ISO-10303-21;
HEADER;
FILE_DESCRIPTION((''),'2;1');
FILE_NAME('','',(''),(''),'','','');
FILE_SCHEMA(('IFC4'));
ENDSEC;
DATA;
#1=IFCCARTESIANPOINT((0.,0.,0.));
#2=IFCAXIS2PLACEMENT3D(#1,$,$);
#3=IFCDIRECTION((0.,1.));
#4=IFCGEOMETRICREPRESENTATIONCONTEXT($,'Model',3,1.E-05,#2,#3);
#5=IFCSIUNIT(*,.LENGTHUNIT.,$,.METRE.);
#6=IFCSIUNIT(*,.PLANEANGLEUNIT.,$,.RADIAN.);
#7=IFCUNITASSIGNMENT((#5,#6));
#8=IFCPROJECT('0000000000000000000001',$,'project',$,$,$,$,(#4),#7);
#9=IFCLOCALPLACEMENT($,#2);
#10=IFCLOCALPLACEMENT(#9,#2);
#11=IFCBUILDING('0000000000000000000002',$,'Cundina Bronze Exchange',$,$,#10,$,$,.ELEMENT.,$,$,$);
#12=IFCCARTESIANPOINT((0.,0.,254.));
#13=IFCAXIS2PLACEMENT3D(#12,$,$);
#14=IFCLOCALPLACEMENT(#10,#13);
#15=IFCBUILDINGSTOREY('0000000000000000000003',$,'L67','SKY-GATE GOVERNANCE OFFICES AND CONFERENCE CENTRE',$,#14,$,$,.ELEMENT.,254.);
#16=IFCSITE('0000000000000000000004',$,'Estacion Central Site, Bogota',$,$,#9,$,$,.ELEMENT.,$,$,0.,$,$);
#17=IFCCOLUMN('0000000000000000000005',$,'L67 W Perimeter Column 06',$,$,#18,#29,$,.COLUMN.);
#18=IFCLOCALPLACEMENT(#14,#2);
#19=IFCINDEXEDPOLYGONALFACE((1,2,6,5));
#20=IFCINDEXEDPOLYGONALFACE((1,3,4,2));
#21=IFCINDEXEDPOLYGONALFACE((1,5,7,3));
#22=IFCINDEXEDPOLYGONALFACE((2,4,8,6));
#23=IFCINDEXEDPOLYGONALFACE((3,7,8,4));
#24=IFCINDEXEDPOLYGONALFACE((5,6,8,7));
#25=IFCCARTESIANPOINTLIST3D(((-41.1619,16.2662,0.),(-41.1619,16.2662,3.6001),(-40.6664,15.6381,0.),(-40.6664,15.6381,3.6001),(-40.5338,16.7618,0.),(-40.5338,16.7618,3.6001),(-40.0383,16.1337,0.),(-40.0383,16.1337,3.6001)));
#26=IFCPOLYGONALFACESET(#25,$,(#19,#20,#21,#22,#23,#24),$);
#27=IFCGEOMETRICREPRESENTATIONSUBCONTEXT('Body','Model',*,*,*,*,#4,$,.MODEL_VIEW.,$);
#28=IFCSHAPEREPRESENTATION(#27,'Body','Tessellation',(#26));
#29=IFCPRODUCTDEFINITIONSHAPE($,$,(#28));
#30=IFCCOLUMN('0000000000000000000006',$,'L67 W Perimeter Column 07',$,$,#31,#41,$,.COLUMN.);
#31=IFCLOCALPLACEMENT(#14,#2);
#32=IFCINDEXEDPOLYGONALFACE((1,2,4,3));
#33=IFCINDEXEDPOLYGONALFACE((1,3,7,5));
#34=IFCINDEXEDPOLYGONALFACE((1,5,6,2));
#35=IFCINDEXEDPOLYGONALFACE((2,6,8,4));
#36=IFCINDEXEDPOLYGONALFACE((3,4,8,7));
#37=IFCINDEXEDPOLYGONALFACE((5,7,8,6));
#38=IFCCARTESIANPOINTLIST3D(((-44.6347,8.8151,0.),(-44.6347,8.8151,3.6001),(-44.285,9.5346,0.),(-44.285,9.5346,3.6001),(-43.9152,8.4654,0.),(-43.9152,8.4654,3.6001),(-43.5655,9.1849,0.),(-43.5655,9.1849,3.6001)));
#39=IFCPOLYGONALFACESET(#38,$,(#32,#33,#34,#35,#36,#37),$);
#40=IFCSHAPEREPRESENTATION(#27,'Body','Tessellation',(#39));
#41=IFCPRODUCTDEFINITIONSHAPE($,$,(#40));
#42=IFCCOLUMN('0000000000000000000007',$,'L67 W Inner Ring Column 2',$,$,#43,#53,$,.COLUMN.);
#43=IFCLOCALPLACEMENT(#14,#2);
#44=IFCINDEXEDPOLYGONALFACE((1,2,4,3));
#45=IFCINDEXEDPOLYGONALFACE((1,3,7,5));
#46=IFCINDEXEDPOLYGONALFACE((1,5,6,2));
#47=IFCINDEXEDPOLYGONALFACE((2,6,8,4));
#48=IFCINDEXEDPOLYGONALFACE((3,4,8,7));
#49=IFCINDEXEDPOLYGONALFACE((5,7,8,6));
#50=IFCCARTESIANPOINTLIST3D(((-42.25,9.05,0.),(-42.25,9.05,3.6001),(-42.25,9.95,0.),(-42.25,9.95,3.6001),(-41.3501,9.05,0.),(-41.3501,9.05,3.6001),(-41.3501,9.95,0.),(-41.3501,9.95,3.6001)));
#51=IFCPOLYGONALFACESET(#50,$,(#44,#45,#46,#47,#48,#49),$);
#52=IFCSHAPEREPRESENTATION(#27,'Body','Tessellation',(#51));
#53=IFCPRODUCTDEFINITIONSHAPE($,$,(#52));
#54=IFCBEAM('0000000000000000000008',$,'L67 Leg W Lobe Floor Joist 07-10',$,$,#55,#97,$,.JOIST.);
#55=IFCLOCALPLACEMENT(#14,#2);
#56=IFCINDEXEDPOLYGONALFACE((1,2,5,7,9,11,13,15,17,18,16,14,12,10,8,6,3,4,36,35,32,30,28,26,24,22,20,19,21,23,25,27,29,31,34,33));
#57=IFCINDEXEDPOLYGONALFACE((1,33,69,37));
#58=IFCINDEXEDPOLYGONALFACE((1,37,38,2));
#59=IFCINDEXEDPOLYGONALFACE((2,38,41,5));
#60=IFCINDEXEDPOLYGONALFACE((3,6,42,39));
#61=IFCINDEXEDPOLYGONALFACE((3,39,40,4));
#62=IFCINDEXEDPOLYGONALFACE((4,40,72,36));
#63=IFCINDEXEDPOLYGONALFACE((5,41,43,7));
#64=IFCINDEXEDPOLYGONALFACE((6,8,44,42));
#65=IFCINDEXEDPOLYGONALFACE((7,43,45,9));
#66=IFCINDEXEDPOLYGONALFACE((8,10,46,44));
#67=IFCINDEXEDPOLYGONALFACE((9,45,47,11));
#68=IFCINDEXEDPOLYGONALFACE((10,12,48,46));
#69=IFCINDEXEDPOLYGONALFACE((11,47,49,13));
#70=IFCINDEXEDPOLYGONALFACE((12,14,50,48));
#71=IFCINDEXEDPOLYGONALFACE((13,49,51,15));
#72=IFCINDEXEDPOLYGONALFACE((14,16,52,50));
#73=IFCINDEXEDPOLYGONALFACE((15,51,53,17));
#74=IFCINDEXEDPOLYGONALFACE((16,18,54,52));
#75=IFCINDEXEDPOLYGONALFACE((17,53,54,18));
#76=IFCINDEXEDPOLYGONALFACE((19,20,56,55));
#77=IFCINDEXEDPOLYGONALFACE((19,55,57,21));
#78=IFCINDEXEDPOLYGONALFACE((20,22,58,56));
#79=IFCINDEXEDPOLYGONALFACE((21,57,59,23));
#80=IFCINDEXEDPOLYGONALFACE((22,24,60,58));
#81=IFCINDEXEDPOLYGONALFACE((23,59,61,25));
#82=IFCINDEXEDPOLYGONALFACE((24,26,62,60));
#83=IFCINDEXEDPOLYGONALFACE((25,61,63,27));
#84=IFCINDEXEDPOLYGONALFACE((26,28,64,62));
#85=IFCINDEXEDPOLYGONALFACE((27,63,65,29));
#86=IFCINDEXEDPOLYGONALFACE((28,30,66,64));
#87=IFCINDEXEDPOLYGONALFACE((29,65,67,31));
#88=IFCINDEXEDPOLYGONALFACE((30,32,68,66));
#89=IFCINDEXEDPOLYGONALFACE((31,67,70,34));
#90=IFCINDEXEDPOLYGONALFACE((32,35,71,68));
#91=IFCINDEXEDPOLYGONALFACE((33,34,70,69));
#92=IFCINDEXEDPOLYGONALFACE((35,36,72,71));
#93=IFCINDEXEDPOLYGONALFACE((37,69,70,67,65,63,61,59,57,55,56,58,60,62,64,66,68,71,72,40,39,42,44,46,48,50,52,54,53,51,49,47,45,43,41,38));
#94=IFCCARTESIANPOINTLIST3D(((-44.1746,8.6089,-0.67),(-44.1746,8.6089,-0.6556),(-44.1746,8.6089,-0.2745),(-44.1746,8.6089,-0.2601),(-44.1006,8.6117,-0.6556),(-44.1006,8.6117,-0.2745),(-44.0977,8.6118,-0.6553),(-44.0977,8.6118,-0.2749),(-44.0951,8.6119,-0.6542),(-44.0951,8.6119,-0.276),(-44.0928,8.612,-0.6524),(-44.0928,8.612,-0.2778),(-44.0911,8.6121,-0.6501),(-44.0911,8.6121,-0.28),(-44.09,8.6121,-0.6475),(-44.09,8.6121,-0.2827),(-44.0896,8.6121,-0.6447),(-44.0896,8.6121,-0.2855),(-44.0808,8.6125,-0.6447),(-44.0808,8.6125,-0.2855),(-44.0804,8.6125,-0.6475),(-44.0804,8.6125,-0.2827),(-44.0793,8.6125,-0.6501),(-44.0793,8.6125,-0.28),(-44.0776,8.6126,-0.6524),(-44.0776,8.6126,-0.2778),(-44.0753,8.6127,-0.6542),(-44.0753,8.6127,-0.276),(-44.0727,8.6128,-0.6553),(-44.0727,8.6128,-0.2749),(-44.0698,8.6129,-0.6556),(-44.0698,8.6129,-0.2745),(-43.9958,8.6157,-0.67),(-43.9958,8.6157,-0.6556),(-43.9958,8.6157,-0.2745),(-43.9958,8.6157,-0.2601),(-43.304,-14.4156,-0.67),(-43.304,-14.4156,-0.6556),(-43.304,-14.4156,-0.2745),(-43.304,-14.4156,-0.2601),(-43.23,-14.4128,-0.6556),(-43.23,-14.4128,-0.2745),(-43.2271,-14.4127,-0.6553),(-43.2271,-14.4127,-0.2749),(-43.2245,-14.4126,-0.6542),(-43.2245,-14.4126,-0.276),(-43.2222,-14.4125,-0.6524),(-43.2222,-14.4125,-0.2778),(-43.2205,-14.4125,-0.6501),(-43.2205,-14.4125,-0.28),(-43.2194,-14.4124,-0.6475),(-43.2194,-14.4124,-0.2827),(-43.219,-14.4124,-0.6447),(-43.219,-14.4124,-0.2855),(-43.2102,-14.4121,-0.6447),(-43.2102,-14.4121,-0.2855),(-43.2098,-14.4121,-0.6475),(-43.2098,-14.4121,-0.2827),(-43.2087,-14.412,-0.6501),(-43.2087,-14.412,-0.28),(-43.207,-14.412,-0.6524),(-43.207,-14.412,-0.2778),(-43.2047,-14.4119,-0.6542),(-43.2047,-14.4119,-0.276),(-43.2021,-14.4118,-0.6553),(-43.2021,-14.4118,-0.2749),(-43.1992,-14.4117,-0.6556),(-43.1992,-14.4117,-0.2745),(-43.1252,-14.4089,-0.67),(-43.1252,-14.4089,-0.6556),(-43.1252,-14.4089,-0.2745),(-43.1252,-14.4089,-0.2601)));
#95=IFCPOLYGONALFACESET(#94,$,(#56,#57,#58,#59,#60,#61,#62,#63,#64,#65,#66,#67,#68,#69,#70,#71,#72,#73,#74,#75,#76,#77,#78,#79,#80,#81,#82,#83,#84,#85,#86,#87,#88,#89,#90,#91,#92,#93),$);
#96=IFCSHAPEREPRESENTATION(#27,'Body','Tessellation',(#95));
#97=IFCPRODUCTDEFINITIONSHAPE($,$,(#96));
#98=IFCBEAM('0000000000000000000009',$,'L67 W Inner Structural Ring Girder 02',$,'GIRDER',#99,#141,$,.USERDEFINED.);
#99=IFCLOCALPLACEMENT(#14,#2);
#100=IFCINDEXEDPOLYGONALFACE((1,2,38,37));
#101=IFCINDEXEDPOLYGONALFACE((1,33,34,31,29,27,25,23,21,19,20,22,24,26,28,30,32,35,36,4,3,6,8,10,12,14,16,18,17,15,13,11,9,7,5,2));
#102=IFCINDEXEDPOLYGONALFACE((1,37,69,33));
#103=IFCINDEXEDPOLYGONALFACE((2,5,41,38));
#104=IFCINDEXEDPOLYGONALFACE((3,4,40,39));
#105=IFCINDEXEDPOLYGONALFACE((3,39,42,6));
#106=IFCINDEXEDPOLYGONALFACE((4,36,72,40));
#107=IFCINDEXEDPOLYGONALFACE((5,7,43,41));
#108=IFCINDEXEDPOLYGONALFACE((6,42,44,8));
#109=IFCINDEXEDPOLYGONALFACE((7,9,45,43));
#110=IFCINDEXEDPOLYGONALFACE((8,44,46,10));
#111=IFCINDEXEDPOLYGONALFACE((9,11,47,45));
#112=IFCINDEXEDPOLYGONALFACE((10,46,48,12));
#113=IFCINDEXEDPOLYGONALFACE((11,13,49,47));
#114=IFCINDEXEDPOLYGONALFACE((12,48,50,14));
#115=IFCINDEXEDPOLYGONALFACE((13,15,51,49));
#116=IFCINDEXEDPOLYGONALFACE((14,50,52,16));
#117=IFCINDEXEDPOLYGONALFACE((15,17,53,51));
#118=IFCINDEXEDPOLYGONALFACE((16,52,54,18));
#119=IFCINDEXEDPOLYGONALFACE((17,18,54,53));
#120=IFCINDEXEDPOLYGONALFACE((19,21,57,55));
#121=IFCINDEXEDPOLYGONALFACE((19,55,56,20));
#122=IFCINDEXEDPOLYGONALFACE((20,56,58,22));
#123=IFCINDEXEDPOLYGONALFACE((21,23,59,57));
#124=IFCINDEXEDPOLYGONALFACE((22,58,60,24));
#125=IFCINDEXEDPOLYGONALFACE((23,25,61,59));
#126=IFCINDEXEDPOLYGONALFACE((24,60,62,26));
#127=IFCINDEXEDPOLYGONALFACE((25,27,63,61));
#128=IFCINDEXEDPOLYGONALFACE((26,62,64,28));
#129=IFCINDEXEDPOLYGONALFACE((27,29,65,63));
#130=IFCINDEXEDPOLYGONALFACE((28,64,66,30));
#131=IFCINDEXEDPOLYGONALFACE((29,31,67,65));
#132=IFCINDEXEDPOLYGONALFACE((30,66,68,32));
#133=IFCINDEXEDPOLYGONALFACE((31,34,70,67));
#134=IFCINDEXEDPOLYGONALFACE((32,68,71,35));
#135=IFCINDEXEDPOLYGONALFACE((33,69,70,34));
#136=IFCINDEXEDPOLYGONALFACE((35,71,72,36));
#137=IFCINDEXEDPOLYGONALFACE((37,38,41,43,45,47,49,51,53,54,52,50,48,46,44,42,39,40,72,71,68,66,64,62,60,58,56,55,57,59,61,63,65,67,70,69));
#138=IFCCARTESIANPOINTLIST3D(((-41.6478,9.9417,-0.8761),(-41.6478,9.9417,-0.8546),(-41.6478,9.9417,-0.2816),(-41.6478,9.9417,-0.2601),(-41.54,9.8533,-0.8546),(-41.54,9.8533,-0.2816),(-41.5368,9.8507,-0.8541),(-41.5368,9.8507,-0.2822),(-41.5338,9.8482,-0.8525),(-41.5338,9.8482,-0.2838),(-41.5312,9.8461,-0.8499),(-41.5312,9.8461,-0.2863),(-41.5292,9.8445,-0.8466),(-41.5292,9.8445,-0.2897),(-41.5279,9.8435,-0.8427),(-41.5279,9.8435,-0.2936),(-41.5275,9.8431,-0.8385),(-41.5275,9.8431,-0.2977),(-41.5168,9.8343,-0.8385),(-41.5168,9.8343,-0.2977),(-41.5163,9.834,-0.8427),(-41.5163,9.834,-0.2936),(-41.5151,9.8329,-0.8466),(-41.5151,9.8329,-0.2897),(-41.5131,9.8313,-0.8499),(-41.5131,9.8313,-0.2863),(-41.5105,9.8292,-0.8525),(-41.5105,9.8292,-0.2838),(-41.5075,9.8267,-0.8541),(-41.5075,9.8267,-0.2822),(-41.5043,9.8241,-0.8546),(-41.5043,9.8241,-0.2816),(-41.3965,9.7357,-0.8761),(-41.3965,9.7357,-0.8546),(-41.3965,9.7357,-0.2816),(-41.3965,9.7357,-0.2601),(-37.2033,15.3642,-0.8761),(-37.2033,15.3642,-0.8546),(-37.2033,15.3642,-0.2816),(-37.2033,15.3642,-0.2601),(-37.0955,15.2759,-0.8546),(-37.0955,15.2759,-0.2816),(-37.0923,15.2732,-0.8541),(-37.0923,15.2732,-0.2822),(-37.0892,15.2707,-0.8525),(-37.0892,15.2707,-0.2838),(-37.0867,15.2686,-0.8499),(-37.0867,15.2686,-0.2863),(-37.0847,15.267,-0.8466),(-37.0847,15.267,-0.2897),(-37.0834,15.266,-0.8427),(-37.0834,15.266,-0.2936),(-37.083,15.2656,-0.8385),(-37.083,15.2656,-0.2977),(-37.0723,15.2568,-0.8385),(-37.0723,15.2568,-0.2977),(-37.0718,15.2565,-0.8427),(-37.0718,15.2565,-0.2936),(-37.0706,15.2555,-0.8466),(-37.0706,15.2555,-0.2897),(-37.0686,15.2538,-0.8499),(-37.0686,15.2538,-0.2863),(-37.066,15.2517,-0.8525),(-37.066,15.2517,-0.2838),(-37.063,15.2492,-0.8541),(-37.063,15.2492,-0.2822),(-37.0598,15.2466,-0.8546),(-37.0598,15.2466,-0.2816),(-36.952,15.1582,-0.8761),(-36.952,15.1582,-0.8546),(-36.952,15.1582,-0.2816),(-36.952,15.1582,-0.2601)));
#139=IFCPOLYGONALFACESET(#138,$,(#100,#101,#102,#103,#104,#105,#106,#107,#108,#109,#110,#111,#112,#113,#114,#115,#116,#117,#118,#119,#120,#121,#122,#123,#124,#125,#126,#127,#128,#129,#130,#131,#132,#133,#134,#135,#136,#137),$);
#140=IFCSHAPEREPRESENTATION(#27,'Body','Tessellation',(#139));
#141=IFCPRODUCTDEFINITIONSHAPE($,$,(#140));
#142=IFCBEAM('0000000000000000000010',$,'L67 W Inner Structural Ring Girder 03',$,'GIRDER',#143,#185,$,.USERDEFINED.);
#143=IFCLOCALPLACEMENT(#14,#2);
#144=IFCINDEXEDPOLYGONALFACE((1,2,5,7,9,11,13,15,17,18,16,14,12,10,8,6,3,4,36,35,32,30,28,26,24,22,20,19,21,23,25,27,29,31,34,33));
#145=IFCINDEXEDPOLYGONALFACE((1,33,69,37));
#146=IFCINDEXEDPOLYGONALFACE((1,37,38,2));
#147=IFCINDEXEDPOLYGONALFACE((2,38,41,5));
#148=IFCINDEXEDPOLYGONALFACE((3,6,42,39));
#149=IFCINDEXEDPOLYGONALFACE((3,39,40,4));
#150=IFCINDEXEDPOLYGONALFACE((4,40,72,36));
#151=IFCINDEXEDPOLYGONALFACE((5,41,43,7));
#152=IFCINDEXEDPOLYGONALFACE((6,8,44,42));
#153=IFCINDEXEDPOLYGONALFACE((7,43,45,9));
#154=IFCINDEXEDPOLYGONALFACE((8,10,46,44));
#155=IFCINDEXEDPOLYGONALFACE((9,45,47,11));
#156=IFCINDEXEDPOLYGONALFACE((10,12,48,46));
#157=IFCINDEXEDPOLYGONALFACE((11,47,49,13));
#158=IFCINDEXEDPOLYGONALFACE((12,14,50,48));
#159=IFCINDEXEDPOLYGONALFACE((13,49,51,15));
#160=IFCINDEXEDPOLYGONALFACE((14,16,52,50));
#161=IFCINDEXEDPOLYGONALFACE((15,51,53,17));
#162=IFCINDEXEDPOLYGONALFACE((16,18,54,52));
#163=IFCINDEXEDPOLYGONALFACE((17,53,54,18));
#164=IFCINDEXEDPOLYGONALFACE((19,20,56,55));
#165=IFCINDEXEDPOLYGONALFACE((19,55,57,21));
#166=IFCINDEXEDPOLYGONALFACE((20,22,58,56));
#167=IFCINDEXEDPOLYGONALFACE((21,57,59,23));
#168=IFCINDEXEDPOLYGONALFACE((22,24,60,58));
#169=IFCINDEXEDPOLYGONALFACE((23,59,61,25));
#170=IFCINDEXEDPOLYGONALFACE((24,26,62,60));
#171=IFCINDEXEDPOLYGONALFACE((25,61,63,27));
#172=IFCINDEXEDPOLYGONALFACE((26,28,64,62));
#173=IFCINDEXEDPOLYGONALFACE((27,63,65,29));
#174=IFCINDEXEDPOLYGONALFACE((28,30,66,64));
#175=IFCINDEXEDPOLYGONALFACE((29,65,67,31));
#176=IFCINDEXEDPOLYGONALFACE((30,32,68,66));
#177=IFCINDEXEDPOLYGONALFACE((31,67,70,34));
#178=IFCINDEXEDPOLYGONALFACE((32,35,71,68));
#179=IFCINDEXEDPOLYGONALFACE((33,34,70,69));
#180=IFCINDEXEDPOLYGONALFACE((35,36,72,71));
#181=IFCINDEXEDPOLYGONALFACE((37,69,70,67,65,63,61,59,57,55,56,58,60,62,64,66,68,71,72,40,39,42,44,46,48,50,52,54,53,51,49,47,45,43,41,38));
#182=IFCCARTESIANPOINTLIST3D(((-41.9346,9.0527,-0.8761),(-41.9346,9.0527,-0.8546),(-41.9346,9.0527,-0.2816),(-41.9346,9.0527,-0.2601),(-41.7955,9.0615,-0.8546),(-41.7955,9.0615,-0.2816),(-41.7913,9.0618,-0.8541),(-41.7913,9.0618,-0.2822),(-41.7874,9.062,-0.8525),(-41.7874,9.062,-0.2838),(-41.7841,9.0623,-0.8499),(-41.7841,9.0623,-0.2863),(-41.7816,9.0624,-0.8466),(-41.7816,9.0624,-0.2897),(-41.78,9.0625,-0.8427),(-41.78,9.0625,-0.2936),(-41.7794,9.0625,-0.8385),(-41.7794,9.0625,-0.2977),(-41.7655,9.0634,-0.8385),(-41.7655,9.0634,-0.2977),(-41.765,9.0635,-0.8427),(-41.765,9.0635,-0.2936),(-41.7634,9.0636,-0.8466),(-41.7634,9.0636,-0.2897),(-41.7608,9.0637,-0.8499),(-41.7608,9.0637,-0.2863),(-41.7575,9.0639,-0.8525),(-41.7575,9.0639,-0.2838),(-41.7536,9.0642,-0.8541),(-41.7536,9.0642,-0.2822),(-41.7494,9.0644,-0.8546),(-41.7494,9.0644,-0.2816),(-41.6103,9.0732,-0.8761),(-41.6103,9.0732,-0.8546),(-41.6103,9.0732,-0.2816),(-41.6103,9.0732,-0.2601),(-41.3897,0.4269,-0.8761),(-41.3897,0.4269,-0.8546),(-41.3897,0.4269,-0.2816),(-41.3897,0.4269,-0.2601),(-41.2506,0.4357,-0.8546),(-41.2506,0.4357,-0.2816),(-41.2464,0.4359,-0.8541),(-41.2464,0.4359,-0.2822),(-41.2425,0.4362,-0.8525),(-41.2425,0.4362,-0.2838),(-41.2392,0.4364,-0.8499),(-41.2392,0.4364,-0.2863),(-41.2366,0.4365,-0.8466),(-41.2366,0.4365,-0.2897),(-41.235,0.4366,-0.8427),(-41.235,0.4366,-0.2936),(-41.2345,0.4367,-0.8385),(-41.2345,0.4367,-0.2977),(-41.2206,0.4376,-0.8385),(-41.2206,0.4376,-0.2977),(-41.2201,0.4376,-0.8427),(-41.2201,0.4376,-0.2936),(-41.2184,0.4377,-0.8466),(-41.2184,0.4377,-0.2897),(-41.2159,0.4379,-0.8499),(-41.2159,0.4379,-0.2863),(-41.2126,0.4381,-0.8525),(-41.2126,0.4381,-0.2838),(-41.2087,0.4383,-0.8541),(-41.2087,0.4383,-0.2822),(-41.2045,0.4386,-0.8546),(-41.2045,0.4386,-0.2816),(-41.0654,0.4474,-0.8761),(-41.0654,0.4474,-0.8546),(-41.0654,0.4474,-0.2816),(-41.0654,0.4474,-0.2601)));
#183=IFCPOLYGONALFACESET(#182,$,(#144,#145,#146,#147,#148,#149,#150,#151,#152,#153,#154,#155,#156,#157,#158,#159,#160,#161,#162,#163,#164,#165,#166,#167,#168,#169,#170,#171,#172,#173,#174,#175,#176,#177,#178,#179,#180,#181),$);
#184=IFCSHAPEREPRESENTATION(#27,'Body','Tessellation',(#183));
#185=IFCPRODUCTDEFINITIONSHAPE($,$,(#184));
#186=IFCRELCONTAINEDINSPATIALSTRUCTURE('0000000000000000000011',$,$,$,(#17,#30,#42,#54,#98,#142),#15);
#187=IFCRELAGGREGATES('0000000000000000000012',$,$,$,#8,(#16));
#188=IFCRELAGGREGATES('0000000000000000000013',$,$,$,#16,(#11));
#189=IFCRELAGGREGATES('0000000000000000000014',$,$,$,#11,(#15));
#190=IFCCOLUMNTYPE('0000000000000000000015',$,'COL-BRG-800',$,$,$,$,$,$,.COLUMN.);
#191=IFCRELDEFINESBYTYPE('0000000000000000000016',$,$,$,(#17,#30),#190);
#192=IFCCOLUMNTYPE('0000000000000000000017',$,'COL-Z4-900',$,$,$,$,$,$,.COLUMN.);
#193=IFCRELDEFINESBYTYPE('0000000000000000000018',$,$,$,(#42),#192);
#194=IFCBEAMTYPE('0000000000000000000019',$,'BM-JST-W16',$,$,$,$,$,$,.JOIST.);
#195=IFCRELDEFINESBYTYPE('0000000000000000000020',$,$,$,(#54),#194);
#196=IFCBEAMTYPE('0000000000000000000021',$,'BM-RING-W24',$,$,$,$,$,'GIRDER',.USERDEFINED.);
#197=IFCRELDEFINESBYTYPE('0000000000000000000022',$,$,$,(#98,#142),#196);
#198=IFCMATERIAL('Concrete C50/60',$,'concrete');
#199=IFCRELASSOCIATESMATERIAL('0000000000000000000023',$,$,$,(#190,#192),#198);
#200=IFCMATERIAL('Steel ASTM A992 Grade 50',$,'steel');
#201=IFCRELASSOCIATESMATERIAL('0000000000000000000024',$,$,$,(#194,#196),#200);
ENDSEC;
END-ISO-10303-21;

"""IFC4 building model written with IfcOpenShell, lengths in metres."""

from ifc_helpers import new_model, si_unit, direction, frame, origin, origin_2d, place, context, subcontext, project, spatial, rectangle, i_section, extrude, material, material_profile, profile_set, type_object, element, save


model = new_model("IFC4")

# Units and contexts
model_context = context("Model", 3, precision=1e-05, world=origin(), true_north=direction((0.0, 1.0)))
body_context = subcontext(model_context, "Body", "Model", "MODEL_VIEW")
ifc_project = project(units=[si_unit("LENGTHUNIT", "METRE"), si_unit("PLANEANGLEUNIT", "RADIAN")], contexts=[model_context])

# Site, building, storey
site_placement = place(None, origin())
site = spatial("IfcSite", under=ifc_project, at=site_placement, Name="Estacion Central Site, Bogota", CompositionType="ELEMENT", RefElevation=0.0)
building_placement = place(site_placement, origin())
building = spatial("IfcBuilding", under=site, at=building_placement, Name="Cundina Bronze Exchange", CompositionType="ELEMENT")
storey_placement = place(building_placement, frame((0.0, 0.0, 254.0)))
storey = spatial("IfcBuildingStorey", under=building, at=storey_placement, Name="L67", Description="SKY-GATE GOVERNANCE OFFICES AND CONFERENCE CENTRE", CompositionType="ELEMENT", Elevation=254.0)

# Columns
ifc_material_1 = material(Name="Concrete C50/60", Category="concrete")
ifc_material_profile_1 = material_profile(ifc_material_1, rectangle(XDim=0.8, YDim=0.8, at=origin_2d()), Name="RC800X800", Category="concrete")
ifc_profile_set_1 = profile_set([ifc_material_profile_1], Name="Concrete C50/60")
column_type_1 = type_object("IfcColumnType", Name="COL-BRG-800", PredefinedType="COLUMN", material=ifc_profile_set_1)
for number, where, z_axis, x_axis, name in (
    (1, (-40.6001, 16.2, 0.0), (0.0, 0.0, 1.0), (-0.785101, -0.619368, 0.0), "L67 W Perimeter Column 06"),
    (2, (-44.1001, 9.0, 0.0), (0.0, 0.0, 1.0), (-0.437116, -0.899405, 0.0), "L67 W Perimeter Column 07"),
):
    element("IfcColumn", number, at=place(storey_placement, frame(where, z_axis=z_axis, x_axis=x_axis)), inside=storey, type_object=column_type_1, Name=name, PredefinedType="COLUMN", context=body_context, shape_type="SweptSolid", body=[
        extrude(rectangle(XDim=0.8, YDim=0.8, at=origin_2d()), origin(), (0.0, 0.0, 1.0), 3.6001),
    ])
ifc_material_profile_2 = material_profile(ifc_material_1, rectangle(XDim=0.8999, YDim=0.8999, at=origin_2d()), Name="RC900X900", Category="concrete")
ifc_profile_set_2 = profile_set([ifc_material_profile_2], Name="Concrete C50/60")
column_type_2 = type_object("IfcColumnType", Name="COL-Z4-900", PredefinedType="COLUMN", material=ifc_profile_set_2)
column_placement = place(storey_placement, frame((-41.8, 9.5, 0.0), z_axis=(0.0, 0.0, 1.0), x_axis=(1.0, 0.0, 0.0)))
element("IfcColumn", 3, at=column_placement, inside=storey, type_object=column_type_2, Name="L67 W Inner Ring Column 2", PredefinedType="COLUMN", context=body_context, shape_type="SweptSolid", body=[
    extrude(rectangle(XDim=0.8999, YDim=0.8999, at=origin_2d()), origin(), (0.0, 0.0, 1.0), 3.6001),
])

# Beams
ifc_material_2 = material(Name="Steel ASTM A992 Grade 50", Category="steel")
ifc_material_profile_3 = material_profile(ifc_material_2, i_section(OverallWidth=0.179, OverallDepth=0.4099, WebThickness=0.0088, FlangeThickness=0.0144, FilletRadius=0.011, at=origin_2d()), Name="W16X45", Category="steel")
ifc_profile_set_3 = profile_set([ifc_material_profile_3], Name="Steel ASTM A992 Grade 50")
beam_type_1 = type_object("IfcBeamType", Name="BM-JST-W16", PredefinedType="JOIST", material=ifc_profile_set_3)
beam_1_placement = place(storey_placement, frame((-44.0852, 8.6123, -0.4651), z_axis=(0.037785, -0.999286, 0.0), x_axis=(0.999286, 0.037785, 0.0)))
element("IfcBeam", 4, at=beam_1_placement, inside=storey, type_object=beam_type_1, Name="L67 Leg W Lobe Floor Joist 07-10", PredefinedType="JOIST", context=body_context, shape_type="SweptSolid", body=[
    extrude(i_section(OverallWidth=0.179, OverallDepth=0.4099, WebThickness=0.0088, FlangeThickness=0.0144, FilletRadius=0.011, at=origin_2d()), origin(), (0.0, 0.0, 1.0), 23.041),
])
ifc_material_profile_4 = material_profile(ifc_material_2, i_section(OverallWidth=0.325, OverallDepth=0.616, WebThickness=0.0139, FlangeThickness=0.0215, FilletRadius=0.0161, at=origin_2d()), Name="W24X117", Category="steel")
ifc_profile_set_4 = profile_set([ifc_material_profile_4], Name="Steel ASTM A992 Grade 50")
beam_type_2 = type_object("IfcBeamType", Name="BM-RING-W24", ElementType="GIRDER", PredefinedType="USERDEFINED", material=ifc_profile_set_4)
beam_2_placement = place(storey_placement, frame((-37.0776, 15.2612, -0.5681), z_axis=(-0.633913, -0.773405, 0.0), x_axis=(0.773405, -0.633913, 0.0)))
element("IfcBeam", 5, at=beam_2_placement, inside=storey, type_object=beam_type_2, Name="L67 W Inner Structural Ring Girder 02", ObjectType="GIRDER", PredefinedType="USERDEFINED", context=body_context, shape_type="SweptSolid", body=[
    extrude(i_section(OverallWidth=0.325, OverallDepth=0.616, WebThickness=0.0139, FlangeThickness=0.0215, FilletRadius=0.0161, at=origin_2d()), origin(), (0.0, 0.0, 1.0), 7.0112),
])
beam_3_placement = place(storey_placement, frame((-41.7725, 9.063, -0.5681), z_axis=(0.063047, -0.998011, 0.0), x_axis=(0.998011, 0.063047, 0.0)))
element("IfcBeam", 6, at=beam_3_placement, inside=storey, type_object=beam_type_2, Name="L67 W Inner Structural Ring Girder 03", ObjectType="GIRDER", PredefinedType="USERDEFINED", context=body_context, shape_type="SweptSolid", body=[
    extrude(i_section(OverallWidth=0.325, OverallDepth=0.616, WebThickness=0.0139, FlangeThickness=0.0215, FilletRadius=0.0161, at=origin_2d()), origin(), (0.0, 0.0, 1.0), 8.6431),
])

save(model, "model.ifc")
